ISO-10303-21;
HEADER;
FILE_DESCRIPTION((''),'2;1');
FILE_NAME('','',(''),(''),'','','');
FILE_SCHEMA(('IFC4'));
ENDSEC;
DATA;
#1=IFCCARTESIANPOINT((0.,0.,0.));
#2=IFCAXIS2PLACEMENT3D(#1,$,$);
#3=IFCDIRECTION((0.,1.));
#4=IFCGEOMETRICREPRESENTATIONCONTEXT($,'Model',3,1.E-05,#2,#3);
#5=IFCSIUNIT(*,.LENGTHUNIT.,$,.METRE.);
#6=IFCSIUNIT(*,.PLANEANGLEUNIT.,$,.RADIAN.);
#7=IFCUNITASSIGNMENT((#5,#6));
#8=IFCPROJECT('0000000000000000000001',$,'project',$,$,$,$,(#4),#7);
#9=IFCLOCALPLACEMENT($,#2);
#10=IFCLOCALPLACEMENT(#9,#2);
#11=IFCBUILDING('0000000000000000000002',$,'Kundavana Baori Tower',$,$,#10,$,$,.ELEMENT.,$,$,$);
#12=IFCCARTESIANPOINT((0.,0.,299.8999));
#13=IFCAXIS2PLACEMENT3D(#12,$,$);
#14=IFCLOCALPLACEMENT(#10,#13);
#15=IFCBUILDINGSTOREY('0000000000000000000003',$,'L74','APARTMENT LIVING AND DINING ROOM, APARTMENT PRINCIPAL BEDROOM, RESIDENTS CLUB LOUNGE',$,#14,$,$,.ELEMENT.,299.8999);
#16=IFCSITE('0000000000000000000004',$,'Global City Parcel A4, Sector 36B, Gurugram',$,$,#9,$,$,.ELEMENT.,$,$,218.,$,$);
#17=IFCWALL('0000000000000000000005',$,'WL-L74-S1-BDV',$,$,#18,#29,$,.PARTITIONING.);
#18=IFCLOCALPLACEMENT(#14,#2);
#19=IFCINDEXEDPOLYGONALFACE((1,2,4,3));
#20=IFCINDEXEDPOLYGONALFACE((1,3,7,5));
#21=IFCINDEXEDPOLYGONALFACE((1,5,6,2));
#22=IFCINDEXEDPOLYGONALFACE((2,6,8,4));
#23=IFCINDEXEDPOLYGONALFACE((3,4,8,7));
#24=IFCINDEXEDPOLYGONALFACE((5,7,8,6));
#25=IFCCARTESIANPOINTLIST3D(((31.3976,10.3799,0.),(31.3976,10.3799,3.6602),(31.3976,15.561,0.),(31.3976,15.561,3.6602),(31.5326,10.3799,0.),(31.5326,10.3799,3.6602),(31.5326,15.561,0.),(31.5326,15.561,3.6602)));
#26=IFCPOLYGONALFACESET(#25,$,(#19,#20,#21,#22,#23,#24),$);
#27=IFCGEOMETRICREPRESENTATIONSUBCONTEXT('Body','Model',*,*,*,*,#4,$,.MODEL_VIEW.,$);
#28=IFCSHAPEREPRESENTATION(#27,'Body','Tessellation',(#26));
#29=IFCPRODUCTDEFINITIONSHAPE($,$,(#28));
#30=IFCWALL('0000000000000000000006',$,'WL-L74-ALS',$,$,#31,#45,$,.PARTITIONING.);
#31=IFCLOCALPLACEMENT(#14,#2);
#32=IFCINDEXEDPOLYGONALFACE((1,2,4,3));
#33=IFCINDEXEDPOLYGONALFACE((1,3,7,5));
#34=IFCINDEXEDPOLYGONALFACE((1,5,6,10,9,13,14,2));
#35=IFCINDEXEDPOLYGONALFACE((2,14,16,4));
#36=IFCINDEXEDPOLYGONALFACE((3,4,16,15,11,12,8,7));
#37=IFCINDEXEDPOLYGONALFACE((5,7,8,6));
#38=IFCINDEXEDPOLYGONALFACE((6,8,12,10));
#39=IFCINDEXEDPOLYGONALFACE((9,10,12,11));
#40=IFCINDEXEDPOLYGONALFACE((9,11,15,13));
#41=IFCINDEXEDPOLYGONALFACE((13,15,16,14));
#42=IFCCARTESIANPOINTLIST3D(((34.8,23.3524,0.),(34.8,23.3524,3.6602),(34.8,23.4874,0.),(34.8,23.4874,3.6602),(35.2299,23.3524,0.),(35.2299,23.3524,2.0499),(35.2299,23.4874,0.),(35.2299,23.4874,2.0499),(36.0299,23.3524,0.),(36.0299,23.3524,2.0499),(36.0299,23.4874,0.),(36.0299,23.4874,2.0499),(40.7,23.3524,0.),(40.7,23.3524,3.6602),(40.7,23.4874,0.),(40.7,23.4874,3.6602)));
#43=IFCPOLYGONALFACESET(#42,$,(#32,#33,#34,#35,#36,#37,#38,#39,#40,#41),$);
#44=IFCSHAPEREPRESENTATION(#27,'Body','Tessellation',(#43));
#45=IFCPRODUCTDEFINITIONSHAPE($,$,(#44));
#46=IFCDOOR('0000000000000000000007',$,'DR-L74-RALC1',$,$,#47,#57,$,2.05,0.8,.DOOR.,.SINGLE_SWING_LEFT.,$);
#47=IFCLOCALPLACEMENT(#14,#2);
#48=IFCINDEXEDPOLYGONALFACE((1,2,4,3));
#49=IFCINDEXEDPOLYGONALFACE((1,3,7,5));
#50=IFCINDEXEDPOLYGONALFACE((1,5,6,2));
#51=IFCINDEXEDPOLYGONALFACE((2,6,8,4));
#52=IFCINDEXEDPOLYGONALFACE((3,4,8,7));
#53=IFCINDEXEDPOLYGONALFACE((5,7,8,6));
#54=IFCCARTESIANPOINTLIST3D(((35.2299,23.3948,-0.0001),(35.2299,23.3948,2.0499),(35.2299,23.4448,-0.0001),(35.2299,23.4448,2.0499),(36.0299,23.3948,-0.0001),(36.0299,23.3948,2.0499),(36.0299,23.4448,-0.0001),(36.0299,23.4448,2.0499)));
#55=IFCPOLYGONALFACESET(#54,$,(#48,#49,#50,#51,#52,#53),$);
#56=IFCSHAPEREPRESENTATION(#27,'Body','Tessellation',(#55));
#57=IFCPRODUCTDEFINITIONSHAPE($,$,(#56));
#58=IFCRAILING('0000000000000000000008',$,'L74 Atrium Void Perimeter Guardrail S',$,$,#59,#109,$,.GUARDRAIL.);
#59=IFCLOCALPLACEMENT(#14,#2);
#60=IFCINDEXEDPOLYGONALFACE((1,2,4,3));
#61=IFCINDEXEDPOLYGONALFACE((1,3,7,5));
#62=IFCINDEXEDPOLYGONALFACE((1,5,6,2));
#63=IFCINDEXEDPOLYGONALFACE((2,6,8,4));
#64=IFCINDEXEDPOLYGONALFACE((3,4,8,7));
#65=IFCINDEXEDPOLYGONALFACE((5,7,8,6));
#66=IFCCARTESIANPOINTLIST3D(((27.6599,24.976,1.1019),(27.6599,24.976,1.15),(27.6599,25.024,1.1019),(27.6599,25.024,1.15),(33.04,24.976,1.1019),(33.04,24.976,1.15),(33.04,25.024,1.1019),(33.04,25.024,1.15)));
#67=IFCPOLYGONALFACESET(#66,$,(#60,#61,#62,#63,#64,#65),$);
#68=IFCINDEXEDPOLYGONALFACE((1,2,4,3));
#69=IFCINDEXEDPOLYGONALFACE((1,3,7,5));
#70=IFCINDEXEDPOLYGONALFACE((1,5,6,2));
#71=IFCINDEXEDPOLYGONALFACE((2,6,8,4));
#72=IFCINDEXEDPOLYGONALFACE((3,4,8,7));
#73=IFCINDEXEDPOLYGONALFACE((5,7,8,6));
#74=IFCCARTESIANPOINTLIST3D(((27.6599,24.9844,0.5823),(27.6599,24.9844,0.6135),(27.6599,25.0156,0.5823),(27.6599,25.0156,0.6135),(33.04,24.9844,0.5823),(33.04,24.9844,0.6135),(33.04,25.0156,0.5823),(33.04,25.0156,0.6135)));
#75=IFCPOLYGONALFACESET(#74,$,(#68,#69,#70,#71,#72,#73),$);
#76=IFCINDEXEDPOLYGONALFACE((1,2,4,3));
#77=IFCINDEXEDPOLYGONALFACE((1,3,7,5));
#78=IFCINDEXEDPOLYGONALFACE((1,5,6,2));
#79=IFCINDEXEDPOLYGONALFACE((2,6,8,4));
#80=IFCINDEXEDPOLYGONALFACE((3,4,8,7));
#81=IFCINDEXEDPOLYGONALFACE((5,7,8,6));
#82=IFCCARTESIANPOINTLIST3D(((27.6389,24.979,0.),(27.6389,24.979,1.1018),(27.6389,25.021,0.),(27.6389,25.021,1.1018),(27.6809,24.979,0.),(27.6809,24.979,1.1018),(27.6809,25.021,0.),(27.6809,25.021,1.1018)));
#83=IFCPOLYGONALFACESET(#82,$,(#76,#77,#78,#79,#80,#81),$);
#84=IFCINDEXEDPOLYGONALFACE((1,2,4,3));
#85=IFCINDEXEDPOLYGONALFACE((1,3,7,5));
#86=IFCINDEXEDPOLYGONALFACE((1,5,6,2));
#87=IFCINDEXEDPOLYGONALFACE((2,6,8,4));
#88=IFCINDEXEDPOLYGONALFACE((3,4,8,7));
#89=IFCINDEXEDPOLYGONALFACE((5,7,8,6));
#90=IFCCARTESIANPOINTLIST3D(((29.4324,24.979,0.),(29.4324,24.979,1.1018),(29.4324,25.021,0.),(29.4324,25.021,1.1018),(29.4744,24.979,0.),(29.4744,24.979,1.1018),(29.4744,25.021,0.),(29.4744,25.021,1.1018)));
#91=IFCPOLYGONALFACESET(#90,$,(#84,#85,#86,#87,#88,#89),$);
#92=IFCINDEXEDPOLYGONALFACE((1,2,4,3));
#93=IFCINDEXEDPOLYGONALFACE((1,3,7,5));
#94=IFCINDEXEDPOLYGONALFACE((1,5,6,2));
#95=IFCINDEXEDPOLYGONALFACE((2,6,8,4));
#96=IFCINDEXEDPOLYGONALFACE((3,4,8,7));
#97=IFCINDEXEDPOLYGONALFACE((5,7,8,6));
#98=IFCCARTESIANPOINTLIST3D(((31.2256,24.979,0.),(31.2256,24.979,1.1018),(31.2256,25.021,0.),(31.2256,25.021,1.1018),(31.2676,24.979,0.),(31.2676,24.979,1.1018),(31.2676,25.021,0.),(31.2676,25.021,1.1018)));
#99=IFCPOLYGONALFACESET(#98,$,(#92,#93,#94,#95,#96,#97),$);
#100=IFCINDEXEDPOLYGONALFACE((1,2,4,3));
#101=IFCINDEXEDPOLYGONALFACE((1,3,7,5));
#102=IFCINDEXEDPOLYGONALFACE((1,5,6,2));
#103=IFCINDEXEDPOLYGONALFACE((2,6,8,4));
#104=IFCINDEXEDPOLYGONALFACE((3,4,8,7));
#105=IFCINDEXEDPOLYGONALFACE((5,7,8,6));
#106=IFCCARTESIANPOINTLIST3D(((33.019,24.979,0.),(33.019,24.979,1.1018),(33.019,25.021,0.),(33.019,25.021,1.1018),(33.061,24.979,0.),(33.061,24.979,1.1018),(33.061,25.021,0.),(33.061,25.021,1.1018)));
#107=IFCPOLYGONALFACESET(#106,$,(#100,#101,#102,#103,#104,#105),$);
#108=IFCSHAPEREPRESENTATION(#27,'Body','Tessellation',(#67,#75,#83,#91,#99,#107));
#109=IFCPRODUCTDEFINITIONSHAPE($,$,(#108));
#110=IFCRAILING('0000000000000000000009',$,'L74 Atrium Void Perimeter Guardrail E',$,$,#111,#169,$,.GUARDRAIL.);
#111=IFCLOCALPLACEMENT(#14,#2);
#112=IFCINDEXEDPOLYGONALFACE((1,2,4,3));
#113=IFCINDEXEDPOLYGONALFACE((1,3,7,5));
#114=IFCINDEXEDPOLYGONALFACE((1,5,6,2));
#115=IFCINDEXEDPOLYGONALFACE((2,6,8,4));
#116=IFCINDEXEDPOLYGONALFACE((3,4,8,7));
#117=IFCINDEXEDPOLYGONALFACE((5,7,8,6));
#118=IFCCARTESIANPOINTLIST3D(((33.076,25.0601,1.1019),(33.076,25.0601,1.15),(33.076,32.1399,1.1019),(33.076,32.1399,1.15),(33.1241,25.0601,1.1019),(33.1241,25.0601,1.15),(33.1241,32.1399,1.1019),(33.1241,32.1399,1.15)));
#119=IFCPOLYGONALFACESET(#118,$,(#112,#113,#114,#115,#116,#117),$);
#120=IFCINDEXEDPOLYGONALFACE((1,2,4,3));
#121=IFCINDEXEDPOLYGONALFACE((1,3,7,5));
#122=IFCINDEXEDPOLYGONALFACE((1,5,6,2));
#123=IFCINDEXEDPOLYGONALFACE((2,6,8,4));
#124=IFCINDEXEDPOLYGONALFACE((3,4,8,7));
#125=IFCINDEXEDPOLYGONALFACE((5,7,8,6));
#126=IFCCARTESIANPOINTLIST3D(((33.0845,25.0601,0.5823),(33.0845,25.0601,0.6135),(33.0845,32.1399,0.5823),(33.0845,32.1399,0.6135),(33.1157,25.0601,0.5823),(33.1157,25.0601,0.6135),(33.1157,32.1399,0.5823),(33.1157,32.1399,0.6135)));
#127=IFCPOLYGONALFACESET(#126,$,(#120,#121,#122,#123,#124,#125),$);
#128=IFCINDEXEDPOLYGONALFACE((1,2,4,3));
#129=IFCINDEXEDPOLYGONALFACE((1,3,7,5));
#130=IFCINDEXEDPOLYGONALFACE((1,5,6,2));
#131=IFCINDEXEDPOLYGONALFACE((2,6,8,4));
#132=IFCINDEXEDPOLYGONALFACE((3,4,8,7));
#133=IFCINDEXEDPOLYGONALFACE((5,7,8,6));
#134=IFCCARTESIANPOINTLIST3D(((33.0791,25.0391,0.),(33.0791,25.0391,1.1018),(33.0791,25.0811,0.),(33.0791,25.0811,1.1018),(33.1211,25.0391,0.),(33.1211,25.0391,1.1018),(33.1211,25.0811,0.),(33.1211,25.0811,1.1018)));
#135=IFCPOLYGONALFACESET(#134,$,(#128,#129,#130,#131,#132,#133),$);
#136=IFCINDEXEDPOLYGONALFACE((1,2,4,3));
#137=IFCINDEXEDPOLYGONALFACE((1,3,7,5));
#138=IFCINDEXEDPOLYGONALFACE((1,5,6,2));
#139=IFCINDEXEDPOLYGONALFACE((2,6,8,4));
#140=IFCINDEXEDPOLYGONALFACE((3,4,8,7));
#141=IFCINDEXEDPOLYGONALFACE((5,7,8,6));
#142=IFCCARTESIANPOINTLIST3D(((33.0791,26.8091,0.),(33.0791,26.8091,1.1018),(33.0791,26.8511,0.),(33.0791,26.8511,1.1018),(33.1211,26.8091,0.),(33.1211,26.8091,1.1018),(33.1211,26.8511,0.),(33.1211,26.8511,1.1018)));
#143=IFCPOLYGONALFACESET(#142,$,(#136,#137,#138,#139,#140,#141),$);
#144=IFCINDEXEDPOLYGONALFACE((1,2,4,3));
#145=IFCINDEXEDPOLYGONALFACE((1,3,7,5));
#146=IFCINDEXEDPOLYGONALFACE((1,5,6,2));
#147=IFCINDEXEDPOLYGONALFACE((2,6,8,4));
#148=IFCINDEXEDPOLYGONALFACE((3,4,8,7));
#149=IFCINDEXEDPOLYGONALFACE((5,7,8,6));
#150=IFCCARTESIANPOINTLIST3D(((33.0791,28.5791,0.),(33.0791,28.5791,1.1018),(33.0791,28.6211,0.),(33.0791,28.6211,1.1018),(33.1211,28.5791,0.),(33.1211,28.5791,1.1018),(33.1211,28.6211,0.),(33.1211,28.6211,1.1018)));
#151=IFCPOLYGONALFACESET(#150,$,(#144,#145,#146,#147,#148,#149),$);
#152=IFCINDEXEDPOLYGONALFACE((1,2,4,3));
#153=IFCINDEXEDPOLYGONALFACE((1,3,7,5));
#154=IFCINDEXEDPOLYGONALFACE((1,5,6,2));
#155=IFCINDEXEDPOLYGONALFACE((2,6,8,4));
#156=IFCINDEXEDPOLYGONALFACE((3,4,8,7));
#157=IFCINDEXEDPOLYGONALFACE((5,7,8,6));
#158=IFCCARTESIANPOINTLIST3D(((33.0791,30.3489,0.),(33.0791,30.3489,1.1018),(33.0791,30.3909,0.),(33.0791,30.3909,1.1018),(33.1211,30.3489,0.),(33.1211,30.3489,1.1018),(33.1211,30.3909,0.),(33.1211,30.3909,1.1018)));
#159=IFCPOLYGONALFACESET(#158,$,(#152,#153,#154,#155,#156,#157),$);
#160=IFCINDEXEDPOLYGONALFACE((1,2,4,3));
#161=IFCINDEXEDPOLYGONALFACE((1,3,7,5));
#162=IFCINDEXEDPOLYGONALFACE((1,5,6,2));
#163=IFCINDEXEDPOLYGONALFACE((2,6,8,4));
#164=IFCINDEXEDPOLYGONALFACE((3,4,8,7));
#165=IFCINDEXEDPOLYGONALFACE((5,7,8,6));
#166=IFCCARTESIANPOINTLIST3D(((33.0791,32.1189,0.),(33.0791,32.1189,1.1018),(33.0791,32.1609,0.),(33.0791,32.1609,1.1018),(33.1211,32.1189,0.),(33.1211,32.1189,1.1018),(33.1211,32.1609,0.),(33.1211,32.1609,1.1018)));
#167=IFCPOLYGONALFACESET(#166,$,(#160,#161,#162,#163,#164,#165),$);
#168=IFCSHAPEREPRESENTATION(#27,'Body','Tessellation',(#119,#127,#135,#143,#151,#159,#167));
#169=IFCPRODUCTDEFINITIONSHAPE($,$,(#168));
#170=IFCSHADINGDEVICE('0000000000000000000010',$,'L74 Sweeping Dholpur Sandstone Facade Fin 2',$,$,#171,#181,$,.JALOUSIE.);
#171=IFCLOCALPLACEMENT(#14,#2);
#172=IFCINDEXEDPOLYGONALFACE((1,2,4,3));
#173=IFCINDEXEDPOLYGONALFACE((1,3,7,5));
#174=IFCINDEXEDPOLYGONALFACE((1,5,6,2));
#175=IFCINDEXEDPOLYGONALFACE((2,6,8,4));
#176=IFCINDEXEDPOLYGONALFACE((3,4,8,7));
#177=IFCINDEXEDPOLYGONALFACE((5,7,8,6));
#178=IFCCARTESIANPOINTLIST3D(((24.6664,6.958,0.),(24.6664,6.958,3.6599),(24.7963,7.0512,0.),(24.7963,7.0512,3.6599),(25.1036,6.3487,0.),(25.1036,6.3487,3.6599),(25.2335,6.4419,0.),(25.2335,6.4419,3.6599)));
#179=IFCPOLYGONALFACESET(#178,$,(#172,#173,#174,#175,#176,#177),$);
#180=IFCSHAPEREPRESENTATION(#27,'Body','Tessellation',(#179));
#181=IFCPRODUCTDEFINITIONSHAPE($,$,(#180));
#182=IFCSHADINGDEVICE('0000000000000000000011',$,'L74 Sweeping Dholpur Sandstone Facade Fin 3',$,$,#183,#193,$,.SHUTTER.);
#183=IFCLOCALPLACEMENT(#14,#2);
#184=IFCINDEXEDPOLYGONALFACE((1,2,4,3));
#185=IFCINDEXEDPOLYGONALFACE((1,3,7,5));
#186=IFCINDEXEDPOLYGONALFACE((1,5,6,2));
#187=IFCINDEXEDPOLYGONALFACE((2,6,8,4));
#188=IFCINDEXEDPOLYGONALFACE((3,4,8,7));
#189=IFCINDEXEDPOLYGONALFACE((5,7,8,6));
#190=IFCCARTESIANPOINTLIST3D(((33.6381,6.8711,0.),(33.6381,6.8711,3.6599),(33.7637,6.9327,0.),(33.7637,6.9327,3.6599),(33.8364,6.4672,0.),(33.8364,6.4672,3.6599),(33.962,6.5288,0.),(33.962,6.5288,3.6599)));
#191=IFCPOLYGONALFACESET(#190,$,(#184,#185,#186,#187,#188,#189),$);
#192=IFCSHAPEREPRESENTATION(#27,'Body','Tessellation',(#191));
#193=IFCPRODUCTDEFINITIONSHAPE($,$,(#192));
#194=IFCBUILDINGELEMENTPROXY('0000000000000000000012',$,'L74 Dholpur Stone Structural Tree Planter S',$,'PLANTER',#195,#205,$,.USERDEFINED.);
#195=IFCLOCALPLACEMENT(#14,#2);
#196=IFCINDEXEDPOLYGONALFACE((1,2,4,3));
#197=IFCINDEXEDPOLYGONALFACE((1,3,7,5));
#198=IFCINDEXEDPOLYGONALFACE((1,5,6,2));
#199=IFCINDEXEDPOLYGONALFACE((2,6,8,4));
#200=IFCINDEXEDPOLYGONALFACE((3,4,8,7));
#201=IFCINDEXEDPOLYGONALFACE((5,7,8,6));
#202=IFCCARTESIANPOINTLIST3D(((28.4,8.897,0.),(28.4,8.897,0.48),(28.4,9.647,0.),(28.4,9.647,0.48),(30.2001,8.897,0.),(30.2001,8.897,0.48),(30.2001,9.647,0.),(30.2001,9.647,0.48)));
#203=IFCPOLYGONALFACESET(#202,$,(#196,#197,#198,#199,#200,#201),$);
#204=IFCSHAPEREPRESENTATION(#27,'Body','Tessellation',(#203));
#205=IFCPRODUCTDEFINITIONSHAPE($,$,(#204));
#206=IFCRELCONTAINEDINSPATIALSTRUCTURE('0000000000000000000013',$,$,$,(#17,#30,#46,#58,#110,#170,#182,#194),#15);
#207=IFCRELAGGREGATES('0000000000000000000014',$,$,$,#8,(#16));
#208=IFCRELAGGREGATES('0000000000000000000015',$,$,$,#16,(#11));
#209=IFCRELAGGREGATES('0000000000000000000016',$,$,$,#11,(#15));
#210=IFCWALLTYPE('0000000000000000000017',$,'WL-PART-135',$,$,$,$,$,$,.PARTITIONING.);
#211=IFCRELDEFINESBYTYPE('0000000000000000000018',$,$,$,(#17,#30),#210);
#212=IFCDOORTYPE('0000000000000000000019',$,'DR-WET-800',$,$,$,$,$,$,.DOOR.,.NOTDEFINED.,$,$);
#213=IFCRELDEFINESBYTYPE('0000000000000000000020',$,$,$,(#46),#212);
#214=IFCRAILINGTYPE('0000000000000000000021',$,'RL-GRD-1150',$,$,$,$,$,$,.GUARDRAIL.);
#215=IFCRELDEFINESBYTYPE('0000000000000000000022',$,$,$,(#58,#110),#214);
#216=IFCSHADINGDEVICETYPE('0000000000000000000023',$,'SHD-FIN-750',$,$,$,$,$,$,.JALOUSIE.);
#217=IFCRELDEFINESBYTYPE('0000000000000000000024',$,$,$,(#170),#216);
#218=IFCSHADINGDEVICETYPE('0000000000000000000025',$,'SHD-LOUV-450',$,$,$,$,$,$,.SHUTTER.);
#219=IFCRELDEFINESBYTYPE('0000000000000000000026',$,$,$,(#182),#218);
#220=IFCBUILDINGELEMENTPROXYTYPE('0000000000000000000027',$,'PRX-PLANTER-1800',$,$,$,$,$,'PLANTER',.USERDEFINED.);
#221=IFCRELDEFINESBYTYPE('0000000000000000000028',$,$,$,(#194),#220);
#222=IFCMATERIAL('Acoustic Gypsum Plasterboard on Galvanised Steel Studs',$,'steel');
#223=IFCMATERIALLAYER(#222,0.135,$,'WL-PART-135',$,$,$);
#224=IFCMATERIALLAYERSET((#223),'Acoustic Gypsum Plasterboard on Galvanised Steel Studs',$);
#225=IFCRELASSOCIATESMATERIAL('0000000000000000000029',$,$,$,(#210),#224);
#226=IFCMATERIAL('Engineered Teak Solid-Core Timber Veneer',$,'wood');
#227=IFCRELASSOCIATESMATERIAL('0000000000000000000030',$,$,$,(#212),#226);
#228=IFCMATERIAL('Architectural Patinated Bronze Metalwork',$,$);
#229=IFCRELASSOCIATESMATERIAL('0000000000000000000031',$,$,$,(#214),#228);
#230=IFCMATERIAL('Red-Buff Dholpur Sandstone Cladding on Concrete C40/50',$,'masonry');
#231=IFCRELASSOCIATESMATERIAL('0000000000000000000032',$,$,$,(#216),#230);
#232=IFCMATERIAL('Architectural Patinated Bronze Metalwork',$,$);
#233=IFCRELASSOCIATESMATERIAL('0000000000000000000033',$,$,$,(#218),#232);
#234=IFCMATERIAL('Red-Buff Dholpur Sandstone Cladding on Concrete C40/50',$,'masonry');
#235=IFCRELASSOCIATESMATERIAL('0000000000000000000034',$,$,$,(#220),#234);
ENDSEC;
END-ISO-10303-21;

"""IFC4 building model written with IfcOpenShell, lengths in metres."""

from ifc_helpers import new_model, si_unit, direction, frame, frame_2d, origin, origin_2d, place, context, subcontext, project, spatial, rectangle, extrude, material, layer, layer_set, type_object, element, fill, save


model = new_model("IFC4")

# Units and contexts
model_context = context("Model", 3, precision=1e-05, world=origin(), true_north=direction((0.0, 1.0)))
body_context = subcontext(model_context, "Body", "Model", "MODEL_VIEW")
ifc_project = project(units=[si_unit("LENGTHUNIT", "METRE"), si_unit("PLANEANGLEUNIT", "RADIAN")], contexts=[model_context])

# Site, building, storey
site_placement = place(None, origin())
site = spatial("IfcSite", under=ifc_project, at=site_placement, Name="Global City Parcel A4, Sector 36B, Gurugram", CompositionType="ELEMENT", RefElevation=218.0)
building_placement = place(site_placement, origin())
building = spatial("IfcBuilding", under=site, at=building_placement, Name="Kundavana Baori Tower", CompositionType="ELEMENT")
storey_placement = place(building_placement, frame((0.0, 0.0, 299.8999)))
storey = spatial("IfcBuildingStorey", under=building, at=storey_placement, Name="L74", Description="APARTMENT LIVING AND DINING ROOM, APARTMENT PRINCIPAL BEDROOM, RESIDENTS CLUB LOUNGE", CompositionType="ELEMENT", Elevation=299.8999)

# Shared definitions
ifc_material_1 = material(Name="Acoustic Gypsum Plasterboard on Galvanised Steel Studs", Category="steel")
ifc_layer = layer(ifc_material_1, 0.135, Name="WL-PART-135")
ifc_layer_set = layer_set([ifc_layer], Name="Acoustic Gypsum Plasterboard on Galvanised Steel Studs")
wall_type = type_object("IfcWallType", Name="WL-PART-135", PredefinedType="PARTITIONING", material=ifc_layer_set)

# Wall
wall_1_placement = place(storey_placement, frame((31.4651, 10.3799, 0.0), z_axis=(0.0, 0.0, 1.0), x_axis=(0.0, 1.0, 0.0)))
element("IfcWall", 1, at=wall_1_placement, inside=storey, type_object=wall_type, Name="WL-L74-S1-BDV", PredefinedType="PARTITIONING", context=body_context, shape_type="SweptSolid", body=[
    extrude(rectangle(XDim=5.1812, YDim=0.135, at=frame_2d((2.5906, 0.0))), origin(), (0.0, 0.0, 1.0), 3.6602),
])

# Wall, opening, door
wall_2_placement = place(storey_placement, frame((34.8, 23.4199, 0.0), z_axis=(0.0, 0.0, 1.0), x_axis=(1.0, 0.0, 0.0)))
wall_2 = element("IfcWall", 2, at=wall_2_placement, inside=storey, type_object=wall_type, Name="WL-L74-ALS", PredefinedType="PARTITIONING", context=body_context, shape_type="SweptSolid", body=[
    extrude(rectangle(XDim=5.8999, YDim=0.135, at=frame_2d((2.95, 0.0))), origin(), (0.0, 0.0, 1.0), 3.6602),
])
opening_1_placement = place(wall_2_placement, frame((0.4299, 0.0, 0.0)))
opening_1 = element("IfcOpeningElement", 3, at=opening_1_placement, cuts=wall_2, PredefinedType="OPENING", context=body_context, shape_type="SweptSolid", body=[
    extrude(rectangle(XDim=0.8, YDim=2.05, at=frame_2d((0.3999, 1.0249))), frame((0.0, 0.0776, 0.0), z_axis=(0.0, -1.0, 0.0), x_axis=(1.0, 0.0, 0.0)), (0.0, 0.0, 1.0), 0.155),
])
ifc_material_2 = material(Name="Engineered Teak Solid-Core Timber Veneer", Category="wood")
door_type_1 = type_object("IfcDoorType", Name="DR-WET-800", OperationType="NOTDEFINED", PredefinedType="DOOR", material=ifc_material_2)
door_1_placement = place(opening_1_placement, origin())
door_1 = element("IfcDoor", 4, at=door_1_placement, inside=storey, type_object=door_type_1, Name="DR-L74-RALC1", OperationType="SINGLE_SWING_LEFT", OverallHeight=2.05, OverallWidth=0.8, PredefinedType="DOOR", context=body_context, shape_type="SweptSolid", body=[
    extrude(rectangle(XDim=0.8, YDim=2.05, at=frame_2d((0.3999, 1.0249))), frame((0.0, 0.0249, 0.0), z_axis=(0.0, -1.0, 0.0), x_axis=(1.0, 0.0, 0.0)), (0.0, 0.0, 1.0), 0.05),
])
fill(opening_1, door_1)

# Railings
ifc_material_3 = material(Name="Architectural Patinated Bronze Metalwork")
railing_type = type_object("IfcRailingType", Name="RL-GRD-1150", PredefinedType="GUARDRAIL", material=ifc_material_3)
railing_1_placement = place(storey_placement, frame((27.6599, 25.0, 0.0)))
element("IfcRailing", 5, at=railing_1_placement, inside=storey, type_object=railing_type, Name="L74 Atrium Void Perimeter Guardrail S", PredefinedType="GUARDRAIL", context=body_context, shape_type="SweptSolid", body=[
    extrude(rectangle(XDim=0.0481, YDim=0.0481, at=origin_2d()), frame((0.0, 0.0, 1.126), z_axis=(1.0, 0.0, 0.0), x_axis=(0.0, 1.0, 0.0)), (0.0, 0.0, 1.0), 5.3801),
    extrude(rectangle(XDim=0.0312, YDim=0.0312, at=origin_2d()), frame((0.0, 0.0, 0.5979), z_axis=(1.0, 0.0, 0.0), x_axis=(0.0, 1.0, 0.0)), (0.0, 0.0, 1.0), 5.3801),
    extrude(rectangle(XDim=0.042, YDim=0.042, at=origin_2d()), origin(), (0.0, 0.0, 1.0), 1.1018),
    extrude(rectangle(XDim=0.042, YDim=0.042, at=origin_2d()), frame((1.7935, 0.0, 0.0)), (0.0, 0.0, 1.0), 1.1018),
    extrude(rectangle(XDim=0.042, YDim=0.042, at=origin_2d()), frame((3.5867, 0.0, 0.0)), (0.0, 0.0, 1.0), 1.1018),
    extrude(rectangle(XDim=0.042, YDim=0.042, at=origin_2d()), frame((5.3801, 0.0, 0.0)), (0.0, 0.0, 1.0), 1.1018),
])
railing_2_placement = place(storey_placement, frame((33.1001, 25.0601, 0.0)))
element("IfcRailing", 6, at=railing_2_placement, inside=storey, type_object=railing_type, Name="L74 Atrium Void Perimeter Guardrail E", PredefinedType="GUARDRAIL", context=body_context, shape_type="SweptSolid", body=[
    extrude(rectangle(XDim=0.0481, YDim=0.0481, at=origin_2d()), frame((0.0, 0.0, 1.126), z_axis=(0.0, 1.0, 0.0), x_axis=(-1.0, 0.0, 0.0)), (0.0, 0.0, 1.0), 7.0798),
    extrude(rectangle(XDim=0.0312, YDim=0.0312, at=origin_2d()), frame((0.0, 0.0, 0.5979), z_axis=(0.0, 1.0, 0.0), x_axis=(-1.0, 0.0, 0.0)), (0.0, 0.0, 1.0), 7.0798),
    extrude(rectangle(XDim=0.042, YDim=0.042, at=origin_2d()), origin(), (0.0, 0.0, 1.0), 1.1018),
    extrude(rectangle(XDim=0.042, YDim=0.042, at=origin_2d()), frame((0.0, 1.77, 0.0)), (0.0, 0.0, 1.0), 1.1018),
    extrude(rectangle(XDim=0.042, YDim=0.042, at=origin_2d()), frame((0.0, 3.54, 0.0)), (0.0, 0.0, 1.0), 1.1018),
    extrude(rectangle(XDim=0.042, YDim=0.042, at=origin_2d()), frame((0.0, 5.3098, 0.0)), (0.0, 0.0, 1.0), 1.1018),
    extrude(rectangle(XDim=0.042, YDim=0.042, at=origin_2d()), frame((0.0, 7.0798, 0.0)), (0.0, 0.0, 1.0), 1.1018),
])

# Shading devices
ifc_material_4 = material(Name="Red-Buff Dholpur Sandstone Cladding on Concrete C40/50", Category="masonry")
shading_device_type_1 = type_object("IfcShadingDeviceType", Name="SHD-FIN-750", PredefinedType="JALOUSIE", material=ifc_material_4)
shading_device_1_placement = place(storey_placement, frame((24.95, 6.7, 0.0), z_axis=(0.0, 0.0, 1.0), x_axis=(0.812491, 0.582974, 0.0)))
element("IfcShadingDevice", 7, at=shading_device_1_placement, inside=storey, type_object=shading_device_type_1, Name="L74 Sweeping Dholpur Sandstone Facade Fin 2", PredefinedType="JALOUSIE", context=body_context, shape_type="SweptSolid", body=[
    extrude(rectangle(XDim=0.1599, YDim=0.75, at=origin_2d()), origin(), (0.0, 0.0, 1.0), 3.6599),
])
ifc_material_5 = material(Name="Architectural Patinated Bronze Metalwork")
shading_device_type_2 = type_object("IfcShadingDeviceType", Name="SHD-LOUV-450", PredefinedType="SHUTTER", material=ifc_material_5)
shading_device_2_placement = place(storey_placement, frame((33.8, 6.7, 0.0), z_axis=(0.0, 0.0, 1.0), x_axis=(0.89772, 0.440566, 0.0)))
element("IfcShadingDevice", 8, at=shading_device_2_placement, inside=storey, type_object=shading_device_type_2, Name="L74 Sweeping Dholpur Sandstone Facade Fin 3", PredefinedType="SHUTTER", context=body_context, shape_type="SweptSolid", body=[
    extrude(rectangle(XDim=0.1399, YDim=0.45, at=origin_2d()), origin(), (0.0, 0.0, 1.0), 3.6599),
])

# Building element proxy
ifc_material_6 = material(Name="Red-Buff Dholpur Sandstone Cladding on Concrete C40/50", Category="masonry")
building_element_proxy_type = type_object("IfcBuildingElementProxyType", Name="PRX-PLANTER-1800", ElementType="PLANTER", PredefinedType="USERDEFINED", material=ifc_material_6)
proxy_placement = place(storey_placement, frame((29.3, 9.272, 0.0), z_axis=(0.0, 0.0, 1.0), x_axis=(1.0, 0.0, 0.0)))
element("IfcBuildingElementProxy", 9, at=proxy_placement, inside=storey, type_object=building_element_proxy_type, Name="L74 Dholpur Stone Structural Tree Planter S", ObjectType="PLANTER", PredefinedType="USERDEFINED", context=body_context, shape_type="SweptSolid", body=[
    extrude(rectangle(XDim=1.8, YDim=0.75, at=origin_2d()), origin(), (0.0, 0.0, 1.0), 0.48),
])

save(model, "model.ifc")
